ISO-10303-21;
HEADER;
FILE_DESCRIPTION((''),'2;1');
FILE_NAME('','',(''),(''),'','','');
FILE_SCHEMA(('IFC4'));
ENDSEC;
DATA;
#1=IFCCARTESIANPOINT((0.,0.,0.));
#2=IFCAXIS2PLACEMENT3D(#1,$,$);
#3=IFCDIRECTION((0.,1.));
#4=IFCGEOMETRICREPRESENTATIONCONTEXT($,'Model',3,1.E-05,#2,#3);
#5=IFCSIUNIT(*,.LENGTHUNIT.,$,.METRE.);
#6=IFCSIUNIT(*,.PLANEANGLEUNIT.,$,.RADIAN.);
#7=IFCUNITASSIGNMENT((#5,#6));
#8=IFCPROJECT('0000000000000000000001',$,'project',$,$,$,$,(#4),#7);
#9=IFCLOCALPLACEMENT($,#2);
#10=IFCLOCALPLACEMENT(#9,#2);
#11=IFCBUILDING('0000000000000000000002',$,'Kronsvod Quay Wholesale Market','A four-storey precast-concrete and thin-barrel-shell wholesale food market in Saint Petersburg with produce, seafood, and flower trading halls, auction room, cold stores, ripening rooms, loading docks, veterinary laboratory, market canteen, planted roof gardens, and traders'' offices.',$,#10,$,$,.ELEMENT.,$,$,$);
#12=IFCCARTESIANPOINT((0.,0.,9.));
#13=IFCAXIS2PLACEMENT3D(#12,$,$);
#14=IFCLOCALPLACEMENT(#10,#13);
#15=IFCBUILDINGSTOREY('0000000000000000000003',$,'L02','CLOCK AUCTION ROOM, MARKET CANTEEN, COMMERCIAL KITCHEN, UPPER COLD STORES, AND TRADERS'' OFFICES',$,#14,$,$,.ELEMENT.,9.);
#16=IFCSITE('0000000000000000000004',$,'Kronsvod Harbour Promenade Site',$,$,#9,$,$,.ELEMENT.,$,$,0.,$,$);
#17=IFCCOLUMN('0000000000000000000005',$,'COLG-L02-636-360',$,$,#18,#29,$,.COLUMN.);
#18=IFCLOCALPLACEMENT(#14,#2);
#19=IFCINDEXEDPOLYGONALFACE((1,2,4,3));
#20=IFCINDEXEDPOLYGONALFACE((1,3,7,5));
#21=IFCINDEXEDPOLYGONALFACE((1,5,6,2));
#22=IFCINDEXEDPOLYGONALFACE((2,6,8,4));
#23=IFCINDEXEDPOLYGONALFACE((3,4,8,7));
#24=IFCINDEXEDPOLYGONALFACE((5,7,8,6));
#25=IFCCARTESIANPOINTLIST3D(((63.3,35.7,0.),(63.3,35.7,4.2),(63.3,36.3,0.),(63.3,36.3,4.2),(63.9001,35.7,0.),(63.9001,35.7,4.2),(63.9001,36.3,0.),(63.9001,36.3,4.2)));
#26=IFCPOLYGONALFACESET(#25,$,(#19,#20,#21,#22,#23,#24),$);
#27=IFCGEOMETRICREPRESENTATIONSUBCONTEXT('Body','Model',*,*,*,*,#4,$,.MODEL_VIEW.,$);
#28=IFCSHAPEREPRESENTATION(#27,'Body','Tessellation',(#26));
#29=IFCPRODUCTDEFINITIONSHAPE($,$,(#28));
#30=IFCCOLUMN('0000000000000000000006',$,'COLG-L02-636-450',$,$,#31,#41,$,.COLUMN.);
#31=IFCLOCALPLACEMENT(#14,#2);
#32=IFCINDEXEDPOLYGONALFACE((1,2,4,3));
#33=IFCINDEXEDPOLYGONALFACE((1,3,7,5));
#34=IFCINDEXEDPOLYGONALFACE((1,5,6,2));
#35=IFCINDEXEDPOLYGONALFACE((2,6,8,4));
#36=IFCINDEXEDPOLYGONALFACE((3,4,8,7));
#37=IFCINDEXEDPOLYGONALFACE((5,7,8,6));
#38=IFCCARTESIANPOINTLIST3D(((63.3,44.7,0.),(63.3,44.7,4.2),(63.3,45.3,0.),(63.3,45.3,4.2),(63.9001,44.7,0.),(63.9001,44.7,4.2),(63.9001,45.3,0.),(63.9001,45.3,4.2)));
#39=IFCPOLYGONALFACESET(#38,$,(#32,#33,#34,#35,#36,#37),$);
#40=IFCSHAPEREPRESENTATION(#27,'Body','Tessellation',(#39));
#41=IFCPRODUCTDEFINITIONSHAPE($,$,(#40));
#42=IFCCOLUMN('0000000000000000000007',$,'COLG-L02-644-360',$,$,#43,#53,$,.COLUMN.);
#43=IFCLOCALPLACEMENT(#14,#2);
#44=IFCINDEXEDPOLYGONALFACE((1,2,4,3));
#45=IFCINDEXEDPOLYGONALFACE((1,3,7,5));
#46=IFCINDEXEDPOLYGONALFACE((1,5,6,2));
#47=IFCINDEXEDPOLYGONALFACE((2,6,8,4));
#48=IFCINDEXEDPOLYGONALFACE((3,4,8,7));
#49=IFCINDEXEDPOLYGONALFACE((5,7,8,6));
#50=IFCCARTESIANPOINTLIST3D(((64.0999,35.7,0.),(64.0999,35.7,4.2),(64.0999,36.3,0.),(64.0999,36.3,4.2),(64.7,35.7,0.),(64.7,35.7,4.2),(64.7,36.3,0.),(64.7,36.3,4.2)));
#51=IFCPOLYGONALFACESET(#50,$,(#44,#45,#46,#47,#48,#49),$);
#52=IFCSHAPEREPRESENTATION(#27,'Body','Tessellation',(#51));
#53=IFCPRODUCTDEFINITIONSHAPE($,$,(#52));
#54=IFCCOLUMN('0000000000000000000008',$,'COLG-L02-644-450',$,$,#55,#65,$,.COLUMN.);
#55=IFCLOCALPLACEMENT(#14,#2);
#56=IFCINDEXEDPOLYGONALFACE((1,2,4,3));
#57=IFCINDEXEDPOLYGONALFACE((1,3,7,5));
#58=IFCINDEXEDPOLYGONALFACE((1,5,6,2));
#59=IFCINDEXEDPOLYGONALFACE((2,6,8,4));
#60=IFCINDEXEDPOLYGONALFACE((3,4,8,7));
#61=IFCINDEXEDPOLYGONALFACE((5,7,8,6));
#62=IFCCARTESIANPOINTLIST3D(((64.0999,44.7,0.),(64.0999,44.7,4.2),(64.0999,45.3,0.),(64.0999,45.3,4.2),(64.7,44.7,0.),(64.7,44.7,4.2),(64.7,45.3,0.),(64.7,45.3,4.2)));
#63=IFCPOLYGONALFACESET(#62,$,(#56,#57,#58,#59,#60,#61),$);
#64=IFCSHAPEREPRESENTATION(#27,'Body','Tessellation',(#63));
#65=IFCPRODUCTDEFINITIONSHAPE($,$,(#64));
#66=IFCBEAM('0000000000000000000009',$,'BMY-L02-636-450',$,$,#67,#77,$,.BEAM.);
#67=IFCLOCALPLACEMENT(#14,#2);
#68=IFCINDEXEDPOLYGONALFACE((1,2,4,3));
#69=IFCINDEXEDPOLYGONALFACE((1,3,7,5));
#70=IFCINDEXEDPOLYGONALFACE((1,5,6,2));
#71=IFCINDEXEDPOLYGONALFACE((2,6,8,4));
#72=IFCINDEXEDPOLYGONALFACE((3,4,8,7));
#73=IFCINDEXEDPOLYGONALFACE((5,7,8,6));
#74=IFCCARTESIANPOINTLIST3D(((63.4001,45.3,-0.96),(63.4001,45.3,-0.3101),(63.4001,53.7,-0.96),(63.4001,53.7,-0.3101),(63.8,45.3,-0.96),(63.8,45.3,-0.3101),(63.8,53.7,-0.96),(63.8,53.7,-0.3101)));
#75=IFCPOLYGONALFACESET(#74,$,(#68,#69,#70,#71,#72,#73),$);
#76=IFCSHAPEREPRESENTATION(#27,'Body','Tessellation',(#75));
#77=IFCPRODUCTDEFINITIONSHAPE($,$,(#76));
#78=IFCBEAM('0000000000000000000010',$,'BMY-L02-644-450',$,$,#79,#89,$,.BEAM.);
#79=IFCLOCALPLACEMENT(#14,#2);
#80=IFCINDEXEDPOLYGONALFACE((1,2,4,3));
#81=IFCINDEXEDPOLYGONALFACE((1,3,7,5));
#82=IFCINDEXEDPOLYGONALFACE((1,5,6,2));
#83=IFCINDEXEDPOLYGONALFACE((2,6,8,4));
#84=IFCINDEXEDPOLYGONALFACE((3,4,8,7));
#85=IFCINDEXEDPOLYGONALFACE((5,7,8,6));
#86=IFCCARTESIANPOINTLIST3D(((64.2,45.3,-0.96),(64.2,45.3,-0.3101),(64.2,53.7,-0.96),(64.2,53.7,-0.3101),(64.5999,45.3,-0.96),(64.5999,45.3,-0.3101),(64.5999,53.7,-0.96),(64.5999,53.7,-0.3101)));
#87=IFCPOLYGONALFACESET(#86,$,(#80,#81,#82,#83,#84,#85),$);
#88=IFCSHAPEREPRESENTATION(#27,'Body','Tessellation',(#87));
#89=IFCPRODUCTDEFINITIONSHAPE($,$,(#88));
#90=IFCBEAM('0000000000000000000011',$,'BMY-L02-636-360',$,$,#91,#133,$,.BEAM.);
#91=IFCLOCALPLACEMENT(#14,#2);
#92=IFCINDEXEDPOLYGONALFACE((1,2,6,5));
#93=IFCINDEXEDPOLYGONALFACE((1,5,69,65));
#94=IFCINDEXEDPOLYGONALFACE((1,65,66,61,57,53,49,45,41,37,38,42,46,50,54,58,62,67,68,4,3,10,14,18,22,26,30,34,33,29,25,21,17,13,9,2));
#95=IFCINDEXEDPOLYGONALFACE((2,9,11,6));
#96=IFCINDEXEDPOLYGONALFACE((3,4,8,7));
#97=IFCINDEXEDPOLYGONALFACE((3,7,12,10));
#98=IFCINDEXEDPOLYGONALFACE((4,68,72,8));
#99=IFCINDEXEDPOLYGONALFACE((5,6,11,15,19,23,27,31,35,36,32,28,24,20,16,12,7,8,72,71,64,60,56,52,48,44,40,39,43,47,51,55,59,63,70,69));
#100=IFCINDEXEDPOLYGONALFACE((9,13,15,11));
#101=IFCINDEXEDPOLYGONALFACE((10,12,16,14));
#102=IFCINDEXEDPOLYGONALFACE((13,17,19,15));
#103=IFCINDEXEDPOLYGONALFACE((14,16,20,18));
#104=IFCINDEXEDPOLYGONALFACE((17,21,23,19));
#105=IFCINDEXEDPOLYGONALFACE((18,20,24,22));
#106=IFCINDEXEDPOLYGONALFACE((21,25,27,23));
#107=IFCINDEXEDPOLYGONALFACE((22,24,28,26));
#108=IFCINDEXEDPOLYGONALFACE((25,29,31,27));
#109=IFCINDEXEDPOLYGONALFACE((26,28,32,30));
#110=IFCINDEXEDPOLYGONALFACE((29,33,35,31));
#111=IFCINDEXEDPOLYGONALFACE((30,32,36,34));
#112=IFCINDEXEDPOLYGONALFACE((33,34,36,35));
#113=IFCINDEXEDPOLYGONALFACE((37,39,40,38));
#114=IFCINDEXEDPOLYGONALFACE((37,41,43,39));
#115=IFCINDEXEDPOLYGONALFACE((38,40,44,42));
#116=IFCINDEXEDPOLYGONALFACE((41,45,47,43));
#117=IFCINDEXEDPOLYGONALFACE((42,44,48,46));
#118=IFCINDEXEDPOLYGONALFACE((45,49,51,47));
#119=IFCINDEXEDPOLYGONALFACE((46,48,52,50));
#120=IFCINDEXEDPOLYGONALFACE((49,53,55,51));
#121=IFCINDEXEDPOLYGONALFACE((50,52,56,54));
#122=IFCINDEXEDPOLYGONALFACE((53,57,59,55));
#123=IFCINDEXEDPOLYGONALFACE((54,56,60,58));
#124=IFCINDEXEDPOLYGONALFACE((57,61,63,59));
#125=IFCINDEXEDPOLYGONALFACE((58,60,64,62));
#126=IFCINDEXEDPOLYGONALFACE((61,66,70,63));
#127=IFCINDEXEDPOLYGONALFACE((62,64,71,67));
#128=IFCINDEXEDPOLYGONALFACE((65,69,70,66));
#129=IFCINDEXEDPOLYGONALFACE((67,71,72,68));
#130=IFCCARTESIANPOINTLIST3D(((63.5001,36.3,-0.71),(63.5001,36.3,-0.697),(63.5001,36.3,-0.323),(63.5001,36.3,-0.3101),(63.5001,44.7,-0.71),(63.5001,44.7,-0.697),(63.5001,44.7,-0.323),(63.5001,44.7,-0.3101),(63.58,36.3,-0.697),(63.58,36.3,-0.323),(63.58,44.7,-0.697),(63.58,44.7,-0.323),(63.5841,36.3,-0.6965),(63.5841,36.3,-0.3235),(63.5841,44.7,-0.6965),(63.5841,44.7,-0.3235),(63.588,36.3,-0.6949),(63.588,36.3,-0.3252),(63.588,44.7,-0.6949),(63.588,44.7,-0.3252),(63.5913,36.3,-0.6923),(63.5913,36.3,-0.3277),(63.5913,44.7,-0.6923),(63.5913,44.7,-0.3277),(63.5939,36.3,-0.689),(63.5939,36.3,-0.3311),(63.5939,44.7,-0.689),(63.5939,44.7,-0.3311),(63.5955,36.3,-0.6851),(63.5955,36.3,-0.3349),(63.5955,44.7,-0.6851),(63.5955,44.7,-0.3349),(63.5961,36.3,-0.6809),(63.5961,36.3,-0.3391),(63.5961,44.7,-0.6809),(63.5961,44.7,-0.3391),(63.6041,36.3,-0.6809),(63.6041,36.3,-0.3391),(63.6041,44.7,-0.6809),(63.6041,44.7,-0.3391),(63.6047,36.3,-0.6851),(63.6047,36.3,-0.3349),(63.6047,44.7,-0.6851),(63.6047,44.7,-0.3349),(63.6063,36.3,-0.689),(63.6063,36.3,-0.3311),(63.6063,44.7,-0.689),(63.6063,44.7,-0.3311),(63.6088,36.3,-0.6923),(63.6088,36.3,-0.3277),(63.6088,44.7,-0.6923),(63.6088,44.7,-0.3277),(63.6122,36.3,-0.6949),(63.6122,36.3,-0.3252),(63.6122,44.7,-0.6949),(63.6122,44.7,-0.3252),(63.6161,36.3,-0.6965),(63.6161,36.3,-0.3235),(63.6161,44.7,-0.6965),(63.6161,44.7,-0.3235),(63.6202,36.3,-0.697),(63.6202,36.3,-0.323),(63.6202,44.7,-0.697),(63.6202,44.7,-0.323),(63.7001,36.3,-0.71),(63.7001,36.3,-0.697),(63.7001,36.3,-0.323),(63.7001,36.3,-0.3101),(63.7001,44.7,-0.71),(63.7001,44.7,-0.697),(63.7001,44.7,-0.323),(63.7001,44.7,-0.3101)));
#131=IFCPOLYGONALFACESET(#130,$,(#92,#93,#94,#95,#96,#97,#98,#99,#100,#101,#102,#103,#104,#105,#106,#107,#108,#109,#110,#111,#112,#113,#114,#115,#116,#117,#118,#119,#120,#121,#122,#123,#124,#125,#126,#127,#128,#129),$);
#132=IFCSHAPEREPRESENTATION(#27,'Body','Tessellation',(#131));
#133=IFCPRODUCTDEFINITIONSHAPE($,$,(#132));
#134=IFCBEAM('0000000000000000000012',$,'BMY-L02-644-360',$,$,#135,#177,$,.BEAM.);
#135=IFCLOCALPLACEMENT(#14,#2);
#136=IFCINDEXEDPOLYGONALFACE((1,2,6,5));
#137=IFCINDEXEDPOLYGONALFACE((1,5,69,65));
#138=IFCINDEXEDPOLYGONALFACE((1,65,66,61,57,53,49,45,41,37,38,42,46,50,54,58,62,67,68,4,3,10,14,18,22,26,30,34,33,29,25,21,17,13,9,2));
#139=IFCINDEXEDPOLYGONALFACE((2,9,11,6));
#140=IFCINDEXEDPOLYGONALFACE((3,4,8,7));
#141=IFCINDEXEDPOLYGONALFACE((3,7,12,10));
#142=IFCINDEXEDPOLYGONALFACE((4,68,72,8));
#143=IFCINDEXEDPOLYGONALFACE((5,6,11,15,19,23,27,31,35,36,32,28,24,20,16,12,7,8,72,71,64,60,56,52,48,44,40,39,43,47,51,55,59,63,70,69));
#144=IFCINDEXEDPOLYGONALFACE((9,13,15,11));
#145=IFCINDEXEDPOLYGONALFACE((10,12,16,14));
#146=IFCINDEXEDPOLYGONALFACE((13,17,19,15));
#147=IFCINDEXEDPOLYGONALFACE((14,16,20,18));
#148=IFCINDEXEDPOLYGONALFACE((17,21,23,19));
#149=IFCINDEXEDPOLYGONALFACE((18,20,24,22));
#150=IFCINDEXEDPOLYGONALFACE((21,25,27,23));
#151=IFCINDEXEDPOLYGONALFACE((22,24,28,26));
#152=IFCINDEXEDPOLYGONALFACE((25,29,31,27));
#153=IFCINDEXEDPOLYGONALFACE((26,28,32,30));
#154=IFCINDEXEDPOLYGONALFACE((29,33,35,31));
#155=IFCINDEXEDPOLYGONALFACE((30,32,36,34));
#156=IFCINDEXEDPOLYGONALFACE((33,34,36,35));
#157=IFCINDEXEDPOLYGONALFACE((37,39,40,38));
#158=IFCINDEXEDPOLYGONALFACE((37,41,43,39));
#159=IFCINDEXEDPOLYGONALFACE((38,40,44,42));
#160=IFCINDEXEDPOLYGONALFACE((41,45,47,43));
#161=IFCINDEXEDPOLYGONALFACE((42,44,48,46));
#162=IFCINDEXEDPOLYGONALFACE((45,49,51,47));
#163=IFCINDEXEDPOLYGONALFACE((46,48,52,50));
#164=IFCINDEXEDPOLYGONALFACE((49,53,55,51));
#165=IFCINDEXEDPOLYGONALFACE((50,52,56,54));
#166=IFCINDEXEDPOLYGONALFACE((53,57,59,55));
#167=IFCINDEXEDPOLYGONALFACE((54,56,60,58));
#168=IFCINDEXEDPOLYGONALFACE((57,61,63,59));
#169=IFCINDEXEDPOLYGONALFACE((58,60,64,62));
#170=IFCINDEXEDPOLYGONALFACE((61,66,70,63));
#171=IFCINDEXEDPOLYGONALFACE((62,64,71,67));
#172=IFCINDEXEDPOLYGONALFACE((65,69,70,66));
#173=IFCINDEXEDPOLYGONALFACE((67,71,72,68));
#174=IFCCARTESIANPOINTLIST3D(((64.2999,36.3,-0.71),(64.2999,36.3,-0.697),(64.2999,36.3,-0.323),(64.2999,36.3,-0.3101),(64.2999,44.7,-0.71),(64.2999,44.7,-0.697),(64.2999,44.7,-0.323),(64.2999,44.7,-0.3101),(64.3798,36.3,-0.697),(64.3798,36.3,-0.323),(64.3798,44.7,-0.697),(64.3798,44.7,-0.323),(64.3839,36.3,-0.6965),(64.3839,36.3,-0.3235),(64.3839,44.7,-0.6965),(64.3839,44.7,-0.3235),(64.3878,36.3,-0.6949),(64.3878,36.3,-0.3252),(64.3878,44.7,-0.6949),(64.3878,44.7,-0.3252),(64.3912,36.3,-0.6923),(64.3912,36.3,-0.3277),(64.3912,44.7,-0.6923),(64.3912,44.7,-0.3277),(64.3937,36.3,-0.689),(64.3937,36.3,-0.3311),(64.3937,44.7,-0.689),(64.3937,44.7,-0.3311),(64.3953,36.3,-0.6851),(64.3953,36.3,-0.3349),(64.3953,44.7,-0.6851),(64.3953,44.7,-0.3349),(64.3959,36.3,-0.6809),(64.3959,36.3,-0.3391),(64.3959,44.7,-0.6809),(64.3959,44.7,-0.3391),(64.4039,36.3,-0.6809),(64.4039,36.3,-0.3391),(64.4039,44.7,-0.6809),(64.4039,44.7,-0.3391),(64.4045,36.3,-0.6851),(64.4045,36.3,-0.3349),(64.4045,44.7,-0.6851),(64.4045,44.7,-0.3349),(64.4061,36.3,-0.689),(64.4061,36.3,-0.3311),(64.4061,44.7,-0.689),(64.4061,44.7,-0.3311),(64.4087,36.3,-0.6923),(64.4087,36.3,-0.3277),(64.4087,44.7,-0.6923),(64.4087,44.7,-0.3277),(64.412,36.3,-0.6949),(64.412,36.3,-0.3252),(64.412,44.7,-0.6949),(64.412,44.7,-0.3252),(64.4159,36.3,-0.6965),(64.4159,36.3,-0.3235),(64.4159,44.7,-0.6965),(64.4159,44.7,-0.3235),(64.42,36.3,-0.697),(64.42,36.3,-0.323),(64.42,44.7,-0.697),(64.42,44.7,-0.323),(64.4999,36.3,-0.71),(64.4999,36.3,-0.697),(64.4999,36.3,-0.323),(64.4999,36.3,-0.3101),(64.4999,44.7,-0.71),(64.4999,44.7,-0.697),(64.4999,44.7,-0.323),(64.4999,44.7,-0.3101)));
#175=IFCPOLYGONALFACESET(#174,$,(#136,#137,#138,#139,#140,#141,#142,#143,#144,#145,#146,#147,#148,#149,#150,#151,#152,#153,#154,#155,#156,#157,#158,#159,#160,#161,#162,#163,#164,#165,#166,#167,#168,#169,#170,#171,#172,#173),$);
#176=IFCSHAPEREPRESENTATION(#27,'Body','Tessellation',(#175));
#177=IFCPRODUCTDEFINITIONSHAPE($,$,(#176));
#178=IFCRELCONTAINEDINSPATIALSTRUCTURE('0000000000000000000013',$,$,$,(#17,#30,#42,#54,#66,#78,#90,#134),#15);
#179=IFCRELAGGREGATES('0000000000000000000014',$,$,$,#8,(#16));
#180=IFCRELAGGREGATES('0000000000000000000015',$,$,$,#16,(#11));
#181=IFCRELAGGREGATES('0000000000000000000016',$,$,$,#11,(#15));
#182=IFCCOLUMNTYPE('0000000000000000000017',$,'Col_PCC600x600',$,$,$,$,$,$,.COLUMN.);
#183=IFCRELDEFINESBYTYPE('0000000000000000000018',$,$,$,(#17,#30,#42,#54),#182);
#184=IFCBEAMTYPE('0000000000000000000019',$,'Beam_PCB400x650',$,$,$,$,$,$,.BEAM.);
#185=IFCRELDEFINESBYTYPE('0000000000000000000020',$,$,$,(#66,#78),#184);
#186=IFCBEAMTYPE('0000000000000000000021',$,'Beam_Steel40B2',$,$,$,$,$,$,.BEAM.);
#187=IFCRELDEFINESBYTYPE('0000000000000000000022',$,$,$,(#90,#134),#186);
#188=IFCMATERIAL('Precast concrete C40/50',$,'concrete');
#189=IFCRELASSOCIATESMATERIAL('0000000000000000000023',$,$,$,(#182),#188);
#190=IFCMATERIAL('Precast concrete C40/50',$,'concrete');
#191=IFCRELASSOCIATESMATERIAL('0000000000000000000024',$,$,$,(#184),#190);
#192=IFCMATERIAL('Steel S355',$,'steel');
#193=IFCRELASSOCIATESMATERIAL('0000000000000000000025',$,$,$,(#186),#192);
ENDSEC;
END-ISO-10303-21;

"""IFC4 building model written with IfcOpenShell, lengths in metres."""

from ifc_helpers import new_model, si_unit, direction, frame, origin, origin_2d, place, context, subcontext, project, spatial, rectangle, i_section, extrude, material, material_profile, profile_set, type_object, element, save


model = new_model("IFC4")

# Units and contexts
model_context = context("Model", 3, precision=1e-05, world=origin(), true_north=direction((0.0, 1.0)))
body_context = subcontext(model_context, "Body", "Model", "MODEL_VIEW")
ifc_project = project(units=[si_unit("LENGTHUNIT", "METRE"), si_unit("PLANEANGLEUNIT", "RADIAN")], contexts=[model_context])

# Site, building, storey
site_placement = place(None, origin())
site = spatial("IfcSite", under=ifc_project, at=site_placement, Name="Kronsvod Harbour Promenade Site", CompositionType="ELEMENT", RefElevation=0.0)
building_placement = place(site_placement, origin())
building = spatial("IfcBuilding", under=site, at=building_placement, Name="Kronsvod Quay Wholesale Market", Description="A four-storey precast-concrete and thin-barrel-shell wholesale food market in Saint Petersburg with produce, seafood, and flower trading halls, auction room, cold stores, ripening rooms, loading docks, veterinary laboratory, market canteen, planted roof gardens, and traders' offices.", CompositionType="ELEMENT")
storey_placement = place(building_placement, frame((0.0, 0.0, 9.0)))
storey = spatial("IfcBuildingStorey", under=building, at=storey_placement, Name="L02", Description="CLOCK AUCTION ROOM, MARKET CANTEEN, COMMERCIAL KITCHEN, UPPER COLD STORES, AND TRADERS' OFFICES", CompositionType="ELEMENT", Elevation=9.0)

# Columns
ifc_material_1 = material(Name="Precast concrete C40/50", Category="concrete")
ifc_material_profile_1 = material_profile(ifc_material_1, rectangle(XDim=0.6001, YDim=0.6001, at=origin_2d()), Name="PCC600x600")
ifc_profile_set_1 = profile_set([ifc_material_profile_1], Name="Precast concrete C40/50")
column_type = type_object("IfcColumnType", Name="Col_PCC600x600", PredefinedType="COLUMN", material=ifc_profile_set_1)
for number, where, z_axis, x_axis, name in (
    (1, (63.6001, 36.0, 0.0), (0.0, 0.0, 1.0), (1.0, 0.0, 0.0), "COLG-L02-636-360"),
    (2, (63.6001, 45.0, 0.0), (0.0, 0.0, 1.0), (1.0, 0.0, 0.0), "COLG-L02-636-450"),
    (3, (64.3999, 36.0, 0.0), (0.0, 0.0, 1.0), (1.0, 0.0, 0.0), "COLG-L02-644-360"),
    (4, (64.3999, 45.0, 0.0), (0.0, 0.0, 1.0), (1.0, 0.0, 0.0), "COLG-L02-644-450"),
):
    element("IfcColumn", number, at=place(storey_placement, frame(where, z_axis=z_axis, x_axis=x_axis)), inside=storey, type_object=column_type, Name=name, PredefinedType="COLUMN", context=body_context, shape_type="SweptSolid", body=[
        extrude(rectangle(XDim=0.6001, YDim=0.6001, at=origin_2d()), origin(), (0.0, 0.0, 1.0), 4.2),
    ])

# Beams
ifc_material_2 = material(Name="Precast concrete C40/50", Category="concrete")
ifc_material_profile_2 = material_profile(ifc_material_2, rectangle(XDim=0.3999, YDim=0.6499, at=origin_2d()), Name="PCB400x650")
ifc_profile_set_2 = profile_set([ifc_material_profile_2], Name="Precast concrete C40/50")
beam_type_1 = type_object("IfcBeamType", Name="Beam_PCB400x650", PredefinedType="BEAM", material=ifc_profile_set_2)
for number, where, z_axis, x_axis, name in (
    (5, (63.6001, 45.3, -0.635), (0.0, 1.0, 0.0), (-1.0, 0.0, 0.0), "BMY-L02-636-450"),
    (6, (64.3999, 45.3, -0.635), (0.0, 1.0, 0.0), (-1.0, 0.0, 0.0), "BMY-L02-644-450"),
):
    element("IfcBeam", number, at=place(storey_placement, frame(where, z_axis=z_axis, x_axis=x_axis)), inside=storey, type_object=beam_type_1, Name=name, PredefinedType="BEAM", context=body_context, shape_type="SweptSolid", body=[
        extrude(rectangle(XDim=0.3999, YDim=0.6499, at=origin_2d()), origin(), (0.0, 0.0, 1.0), 8.3999),
    ])
ifc_material_3 = material(Name="Steel S355", Category="steel")
ifc_material_profile_3 = material_profile(ifc_material_3, i_section(OverallWidth=0.2, OverallDepth=0.3999, WebThickness=0.0081, FlangeThickness=0.0129, FilletRadius=0.0161, at=origin_2d()), Name="40B2")
ifc_profile_set_3 = profile_set([ifc_material_profile_3], Name="Steel S355")
beam_type_2 = type_object("IfcBeamType", Name="Beam_Steel40B2", PredefinedType="BEAM", material=ifc_profile_set_3)
for number, where, z_axis, x_axis, name in (
    (7, (63.6001, 36.3, -0.51), (0.0, 1.0, 0.0), (-1.0, 0.0, 0.0), "BMY-L02-636-360"),
    (8, (64.3999, 36.3, -0.51), (0.0, 1.0, 0.0), (-1.0, 0.0, 0.0), "BMY-L02-644-360"),
):
    element("IfcBeam", number, at=place(storey_placement, frame(where, z_axis=z_axis, x_axis=x_axis)), inside=storey, type_object=beam_type_2, Name=name, PredefinedType="BEAM", context=body_context, shape_type="SweptSolid", body=[
        extrude(i_section(OverallWidth=0.2, OverallDepth=0.3999, WebThickness=0.0081, FlangeThickness=0.0129, FilletRadius=0.0161, at=origin_2d()), origin(), (0.0, 0.0, 1.0), 8.3999),
    ])

save(model, "model.ifc")
